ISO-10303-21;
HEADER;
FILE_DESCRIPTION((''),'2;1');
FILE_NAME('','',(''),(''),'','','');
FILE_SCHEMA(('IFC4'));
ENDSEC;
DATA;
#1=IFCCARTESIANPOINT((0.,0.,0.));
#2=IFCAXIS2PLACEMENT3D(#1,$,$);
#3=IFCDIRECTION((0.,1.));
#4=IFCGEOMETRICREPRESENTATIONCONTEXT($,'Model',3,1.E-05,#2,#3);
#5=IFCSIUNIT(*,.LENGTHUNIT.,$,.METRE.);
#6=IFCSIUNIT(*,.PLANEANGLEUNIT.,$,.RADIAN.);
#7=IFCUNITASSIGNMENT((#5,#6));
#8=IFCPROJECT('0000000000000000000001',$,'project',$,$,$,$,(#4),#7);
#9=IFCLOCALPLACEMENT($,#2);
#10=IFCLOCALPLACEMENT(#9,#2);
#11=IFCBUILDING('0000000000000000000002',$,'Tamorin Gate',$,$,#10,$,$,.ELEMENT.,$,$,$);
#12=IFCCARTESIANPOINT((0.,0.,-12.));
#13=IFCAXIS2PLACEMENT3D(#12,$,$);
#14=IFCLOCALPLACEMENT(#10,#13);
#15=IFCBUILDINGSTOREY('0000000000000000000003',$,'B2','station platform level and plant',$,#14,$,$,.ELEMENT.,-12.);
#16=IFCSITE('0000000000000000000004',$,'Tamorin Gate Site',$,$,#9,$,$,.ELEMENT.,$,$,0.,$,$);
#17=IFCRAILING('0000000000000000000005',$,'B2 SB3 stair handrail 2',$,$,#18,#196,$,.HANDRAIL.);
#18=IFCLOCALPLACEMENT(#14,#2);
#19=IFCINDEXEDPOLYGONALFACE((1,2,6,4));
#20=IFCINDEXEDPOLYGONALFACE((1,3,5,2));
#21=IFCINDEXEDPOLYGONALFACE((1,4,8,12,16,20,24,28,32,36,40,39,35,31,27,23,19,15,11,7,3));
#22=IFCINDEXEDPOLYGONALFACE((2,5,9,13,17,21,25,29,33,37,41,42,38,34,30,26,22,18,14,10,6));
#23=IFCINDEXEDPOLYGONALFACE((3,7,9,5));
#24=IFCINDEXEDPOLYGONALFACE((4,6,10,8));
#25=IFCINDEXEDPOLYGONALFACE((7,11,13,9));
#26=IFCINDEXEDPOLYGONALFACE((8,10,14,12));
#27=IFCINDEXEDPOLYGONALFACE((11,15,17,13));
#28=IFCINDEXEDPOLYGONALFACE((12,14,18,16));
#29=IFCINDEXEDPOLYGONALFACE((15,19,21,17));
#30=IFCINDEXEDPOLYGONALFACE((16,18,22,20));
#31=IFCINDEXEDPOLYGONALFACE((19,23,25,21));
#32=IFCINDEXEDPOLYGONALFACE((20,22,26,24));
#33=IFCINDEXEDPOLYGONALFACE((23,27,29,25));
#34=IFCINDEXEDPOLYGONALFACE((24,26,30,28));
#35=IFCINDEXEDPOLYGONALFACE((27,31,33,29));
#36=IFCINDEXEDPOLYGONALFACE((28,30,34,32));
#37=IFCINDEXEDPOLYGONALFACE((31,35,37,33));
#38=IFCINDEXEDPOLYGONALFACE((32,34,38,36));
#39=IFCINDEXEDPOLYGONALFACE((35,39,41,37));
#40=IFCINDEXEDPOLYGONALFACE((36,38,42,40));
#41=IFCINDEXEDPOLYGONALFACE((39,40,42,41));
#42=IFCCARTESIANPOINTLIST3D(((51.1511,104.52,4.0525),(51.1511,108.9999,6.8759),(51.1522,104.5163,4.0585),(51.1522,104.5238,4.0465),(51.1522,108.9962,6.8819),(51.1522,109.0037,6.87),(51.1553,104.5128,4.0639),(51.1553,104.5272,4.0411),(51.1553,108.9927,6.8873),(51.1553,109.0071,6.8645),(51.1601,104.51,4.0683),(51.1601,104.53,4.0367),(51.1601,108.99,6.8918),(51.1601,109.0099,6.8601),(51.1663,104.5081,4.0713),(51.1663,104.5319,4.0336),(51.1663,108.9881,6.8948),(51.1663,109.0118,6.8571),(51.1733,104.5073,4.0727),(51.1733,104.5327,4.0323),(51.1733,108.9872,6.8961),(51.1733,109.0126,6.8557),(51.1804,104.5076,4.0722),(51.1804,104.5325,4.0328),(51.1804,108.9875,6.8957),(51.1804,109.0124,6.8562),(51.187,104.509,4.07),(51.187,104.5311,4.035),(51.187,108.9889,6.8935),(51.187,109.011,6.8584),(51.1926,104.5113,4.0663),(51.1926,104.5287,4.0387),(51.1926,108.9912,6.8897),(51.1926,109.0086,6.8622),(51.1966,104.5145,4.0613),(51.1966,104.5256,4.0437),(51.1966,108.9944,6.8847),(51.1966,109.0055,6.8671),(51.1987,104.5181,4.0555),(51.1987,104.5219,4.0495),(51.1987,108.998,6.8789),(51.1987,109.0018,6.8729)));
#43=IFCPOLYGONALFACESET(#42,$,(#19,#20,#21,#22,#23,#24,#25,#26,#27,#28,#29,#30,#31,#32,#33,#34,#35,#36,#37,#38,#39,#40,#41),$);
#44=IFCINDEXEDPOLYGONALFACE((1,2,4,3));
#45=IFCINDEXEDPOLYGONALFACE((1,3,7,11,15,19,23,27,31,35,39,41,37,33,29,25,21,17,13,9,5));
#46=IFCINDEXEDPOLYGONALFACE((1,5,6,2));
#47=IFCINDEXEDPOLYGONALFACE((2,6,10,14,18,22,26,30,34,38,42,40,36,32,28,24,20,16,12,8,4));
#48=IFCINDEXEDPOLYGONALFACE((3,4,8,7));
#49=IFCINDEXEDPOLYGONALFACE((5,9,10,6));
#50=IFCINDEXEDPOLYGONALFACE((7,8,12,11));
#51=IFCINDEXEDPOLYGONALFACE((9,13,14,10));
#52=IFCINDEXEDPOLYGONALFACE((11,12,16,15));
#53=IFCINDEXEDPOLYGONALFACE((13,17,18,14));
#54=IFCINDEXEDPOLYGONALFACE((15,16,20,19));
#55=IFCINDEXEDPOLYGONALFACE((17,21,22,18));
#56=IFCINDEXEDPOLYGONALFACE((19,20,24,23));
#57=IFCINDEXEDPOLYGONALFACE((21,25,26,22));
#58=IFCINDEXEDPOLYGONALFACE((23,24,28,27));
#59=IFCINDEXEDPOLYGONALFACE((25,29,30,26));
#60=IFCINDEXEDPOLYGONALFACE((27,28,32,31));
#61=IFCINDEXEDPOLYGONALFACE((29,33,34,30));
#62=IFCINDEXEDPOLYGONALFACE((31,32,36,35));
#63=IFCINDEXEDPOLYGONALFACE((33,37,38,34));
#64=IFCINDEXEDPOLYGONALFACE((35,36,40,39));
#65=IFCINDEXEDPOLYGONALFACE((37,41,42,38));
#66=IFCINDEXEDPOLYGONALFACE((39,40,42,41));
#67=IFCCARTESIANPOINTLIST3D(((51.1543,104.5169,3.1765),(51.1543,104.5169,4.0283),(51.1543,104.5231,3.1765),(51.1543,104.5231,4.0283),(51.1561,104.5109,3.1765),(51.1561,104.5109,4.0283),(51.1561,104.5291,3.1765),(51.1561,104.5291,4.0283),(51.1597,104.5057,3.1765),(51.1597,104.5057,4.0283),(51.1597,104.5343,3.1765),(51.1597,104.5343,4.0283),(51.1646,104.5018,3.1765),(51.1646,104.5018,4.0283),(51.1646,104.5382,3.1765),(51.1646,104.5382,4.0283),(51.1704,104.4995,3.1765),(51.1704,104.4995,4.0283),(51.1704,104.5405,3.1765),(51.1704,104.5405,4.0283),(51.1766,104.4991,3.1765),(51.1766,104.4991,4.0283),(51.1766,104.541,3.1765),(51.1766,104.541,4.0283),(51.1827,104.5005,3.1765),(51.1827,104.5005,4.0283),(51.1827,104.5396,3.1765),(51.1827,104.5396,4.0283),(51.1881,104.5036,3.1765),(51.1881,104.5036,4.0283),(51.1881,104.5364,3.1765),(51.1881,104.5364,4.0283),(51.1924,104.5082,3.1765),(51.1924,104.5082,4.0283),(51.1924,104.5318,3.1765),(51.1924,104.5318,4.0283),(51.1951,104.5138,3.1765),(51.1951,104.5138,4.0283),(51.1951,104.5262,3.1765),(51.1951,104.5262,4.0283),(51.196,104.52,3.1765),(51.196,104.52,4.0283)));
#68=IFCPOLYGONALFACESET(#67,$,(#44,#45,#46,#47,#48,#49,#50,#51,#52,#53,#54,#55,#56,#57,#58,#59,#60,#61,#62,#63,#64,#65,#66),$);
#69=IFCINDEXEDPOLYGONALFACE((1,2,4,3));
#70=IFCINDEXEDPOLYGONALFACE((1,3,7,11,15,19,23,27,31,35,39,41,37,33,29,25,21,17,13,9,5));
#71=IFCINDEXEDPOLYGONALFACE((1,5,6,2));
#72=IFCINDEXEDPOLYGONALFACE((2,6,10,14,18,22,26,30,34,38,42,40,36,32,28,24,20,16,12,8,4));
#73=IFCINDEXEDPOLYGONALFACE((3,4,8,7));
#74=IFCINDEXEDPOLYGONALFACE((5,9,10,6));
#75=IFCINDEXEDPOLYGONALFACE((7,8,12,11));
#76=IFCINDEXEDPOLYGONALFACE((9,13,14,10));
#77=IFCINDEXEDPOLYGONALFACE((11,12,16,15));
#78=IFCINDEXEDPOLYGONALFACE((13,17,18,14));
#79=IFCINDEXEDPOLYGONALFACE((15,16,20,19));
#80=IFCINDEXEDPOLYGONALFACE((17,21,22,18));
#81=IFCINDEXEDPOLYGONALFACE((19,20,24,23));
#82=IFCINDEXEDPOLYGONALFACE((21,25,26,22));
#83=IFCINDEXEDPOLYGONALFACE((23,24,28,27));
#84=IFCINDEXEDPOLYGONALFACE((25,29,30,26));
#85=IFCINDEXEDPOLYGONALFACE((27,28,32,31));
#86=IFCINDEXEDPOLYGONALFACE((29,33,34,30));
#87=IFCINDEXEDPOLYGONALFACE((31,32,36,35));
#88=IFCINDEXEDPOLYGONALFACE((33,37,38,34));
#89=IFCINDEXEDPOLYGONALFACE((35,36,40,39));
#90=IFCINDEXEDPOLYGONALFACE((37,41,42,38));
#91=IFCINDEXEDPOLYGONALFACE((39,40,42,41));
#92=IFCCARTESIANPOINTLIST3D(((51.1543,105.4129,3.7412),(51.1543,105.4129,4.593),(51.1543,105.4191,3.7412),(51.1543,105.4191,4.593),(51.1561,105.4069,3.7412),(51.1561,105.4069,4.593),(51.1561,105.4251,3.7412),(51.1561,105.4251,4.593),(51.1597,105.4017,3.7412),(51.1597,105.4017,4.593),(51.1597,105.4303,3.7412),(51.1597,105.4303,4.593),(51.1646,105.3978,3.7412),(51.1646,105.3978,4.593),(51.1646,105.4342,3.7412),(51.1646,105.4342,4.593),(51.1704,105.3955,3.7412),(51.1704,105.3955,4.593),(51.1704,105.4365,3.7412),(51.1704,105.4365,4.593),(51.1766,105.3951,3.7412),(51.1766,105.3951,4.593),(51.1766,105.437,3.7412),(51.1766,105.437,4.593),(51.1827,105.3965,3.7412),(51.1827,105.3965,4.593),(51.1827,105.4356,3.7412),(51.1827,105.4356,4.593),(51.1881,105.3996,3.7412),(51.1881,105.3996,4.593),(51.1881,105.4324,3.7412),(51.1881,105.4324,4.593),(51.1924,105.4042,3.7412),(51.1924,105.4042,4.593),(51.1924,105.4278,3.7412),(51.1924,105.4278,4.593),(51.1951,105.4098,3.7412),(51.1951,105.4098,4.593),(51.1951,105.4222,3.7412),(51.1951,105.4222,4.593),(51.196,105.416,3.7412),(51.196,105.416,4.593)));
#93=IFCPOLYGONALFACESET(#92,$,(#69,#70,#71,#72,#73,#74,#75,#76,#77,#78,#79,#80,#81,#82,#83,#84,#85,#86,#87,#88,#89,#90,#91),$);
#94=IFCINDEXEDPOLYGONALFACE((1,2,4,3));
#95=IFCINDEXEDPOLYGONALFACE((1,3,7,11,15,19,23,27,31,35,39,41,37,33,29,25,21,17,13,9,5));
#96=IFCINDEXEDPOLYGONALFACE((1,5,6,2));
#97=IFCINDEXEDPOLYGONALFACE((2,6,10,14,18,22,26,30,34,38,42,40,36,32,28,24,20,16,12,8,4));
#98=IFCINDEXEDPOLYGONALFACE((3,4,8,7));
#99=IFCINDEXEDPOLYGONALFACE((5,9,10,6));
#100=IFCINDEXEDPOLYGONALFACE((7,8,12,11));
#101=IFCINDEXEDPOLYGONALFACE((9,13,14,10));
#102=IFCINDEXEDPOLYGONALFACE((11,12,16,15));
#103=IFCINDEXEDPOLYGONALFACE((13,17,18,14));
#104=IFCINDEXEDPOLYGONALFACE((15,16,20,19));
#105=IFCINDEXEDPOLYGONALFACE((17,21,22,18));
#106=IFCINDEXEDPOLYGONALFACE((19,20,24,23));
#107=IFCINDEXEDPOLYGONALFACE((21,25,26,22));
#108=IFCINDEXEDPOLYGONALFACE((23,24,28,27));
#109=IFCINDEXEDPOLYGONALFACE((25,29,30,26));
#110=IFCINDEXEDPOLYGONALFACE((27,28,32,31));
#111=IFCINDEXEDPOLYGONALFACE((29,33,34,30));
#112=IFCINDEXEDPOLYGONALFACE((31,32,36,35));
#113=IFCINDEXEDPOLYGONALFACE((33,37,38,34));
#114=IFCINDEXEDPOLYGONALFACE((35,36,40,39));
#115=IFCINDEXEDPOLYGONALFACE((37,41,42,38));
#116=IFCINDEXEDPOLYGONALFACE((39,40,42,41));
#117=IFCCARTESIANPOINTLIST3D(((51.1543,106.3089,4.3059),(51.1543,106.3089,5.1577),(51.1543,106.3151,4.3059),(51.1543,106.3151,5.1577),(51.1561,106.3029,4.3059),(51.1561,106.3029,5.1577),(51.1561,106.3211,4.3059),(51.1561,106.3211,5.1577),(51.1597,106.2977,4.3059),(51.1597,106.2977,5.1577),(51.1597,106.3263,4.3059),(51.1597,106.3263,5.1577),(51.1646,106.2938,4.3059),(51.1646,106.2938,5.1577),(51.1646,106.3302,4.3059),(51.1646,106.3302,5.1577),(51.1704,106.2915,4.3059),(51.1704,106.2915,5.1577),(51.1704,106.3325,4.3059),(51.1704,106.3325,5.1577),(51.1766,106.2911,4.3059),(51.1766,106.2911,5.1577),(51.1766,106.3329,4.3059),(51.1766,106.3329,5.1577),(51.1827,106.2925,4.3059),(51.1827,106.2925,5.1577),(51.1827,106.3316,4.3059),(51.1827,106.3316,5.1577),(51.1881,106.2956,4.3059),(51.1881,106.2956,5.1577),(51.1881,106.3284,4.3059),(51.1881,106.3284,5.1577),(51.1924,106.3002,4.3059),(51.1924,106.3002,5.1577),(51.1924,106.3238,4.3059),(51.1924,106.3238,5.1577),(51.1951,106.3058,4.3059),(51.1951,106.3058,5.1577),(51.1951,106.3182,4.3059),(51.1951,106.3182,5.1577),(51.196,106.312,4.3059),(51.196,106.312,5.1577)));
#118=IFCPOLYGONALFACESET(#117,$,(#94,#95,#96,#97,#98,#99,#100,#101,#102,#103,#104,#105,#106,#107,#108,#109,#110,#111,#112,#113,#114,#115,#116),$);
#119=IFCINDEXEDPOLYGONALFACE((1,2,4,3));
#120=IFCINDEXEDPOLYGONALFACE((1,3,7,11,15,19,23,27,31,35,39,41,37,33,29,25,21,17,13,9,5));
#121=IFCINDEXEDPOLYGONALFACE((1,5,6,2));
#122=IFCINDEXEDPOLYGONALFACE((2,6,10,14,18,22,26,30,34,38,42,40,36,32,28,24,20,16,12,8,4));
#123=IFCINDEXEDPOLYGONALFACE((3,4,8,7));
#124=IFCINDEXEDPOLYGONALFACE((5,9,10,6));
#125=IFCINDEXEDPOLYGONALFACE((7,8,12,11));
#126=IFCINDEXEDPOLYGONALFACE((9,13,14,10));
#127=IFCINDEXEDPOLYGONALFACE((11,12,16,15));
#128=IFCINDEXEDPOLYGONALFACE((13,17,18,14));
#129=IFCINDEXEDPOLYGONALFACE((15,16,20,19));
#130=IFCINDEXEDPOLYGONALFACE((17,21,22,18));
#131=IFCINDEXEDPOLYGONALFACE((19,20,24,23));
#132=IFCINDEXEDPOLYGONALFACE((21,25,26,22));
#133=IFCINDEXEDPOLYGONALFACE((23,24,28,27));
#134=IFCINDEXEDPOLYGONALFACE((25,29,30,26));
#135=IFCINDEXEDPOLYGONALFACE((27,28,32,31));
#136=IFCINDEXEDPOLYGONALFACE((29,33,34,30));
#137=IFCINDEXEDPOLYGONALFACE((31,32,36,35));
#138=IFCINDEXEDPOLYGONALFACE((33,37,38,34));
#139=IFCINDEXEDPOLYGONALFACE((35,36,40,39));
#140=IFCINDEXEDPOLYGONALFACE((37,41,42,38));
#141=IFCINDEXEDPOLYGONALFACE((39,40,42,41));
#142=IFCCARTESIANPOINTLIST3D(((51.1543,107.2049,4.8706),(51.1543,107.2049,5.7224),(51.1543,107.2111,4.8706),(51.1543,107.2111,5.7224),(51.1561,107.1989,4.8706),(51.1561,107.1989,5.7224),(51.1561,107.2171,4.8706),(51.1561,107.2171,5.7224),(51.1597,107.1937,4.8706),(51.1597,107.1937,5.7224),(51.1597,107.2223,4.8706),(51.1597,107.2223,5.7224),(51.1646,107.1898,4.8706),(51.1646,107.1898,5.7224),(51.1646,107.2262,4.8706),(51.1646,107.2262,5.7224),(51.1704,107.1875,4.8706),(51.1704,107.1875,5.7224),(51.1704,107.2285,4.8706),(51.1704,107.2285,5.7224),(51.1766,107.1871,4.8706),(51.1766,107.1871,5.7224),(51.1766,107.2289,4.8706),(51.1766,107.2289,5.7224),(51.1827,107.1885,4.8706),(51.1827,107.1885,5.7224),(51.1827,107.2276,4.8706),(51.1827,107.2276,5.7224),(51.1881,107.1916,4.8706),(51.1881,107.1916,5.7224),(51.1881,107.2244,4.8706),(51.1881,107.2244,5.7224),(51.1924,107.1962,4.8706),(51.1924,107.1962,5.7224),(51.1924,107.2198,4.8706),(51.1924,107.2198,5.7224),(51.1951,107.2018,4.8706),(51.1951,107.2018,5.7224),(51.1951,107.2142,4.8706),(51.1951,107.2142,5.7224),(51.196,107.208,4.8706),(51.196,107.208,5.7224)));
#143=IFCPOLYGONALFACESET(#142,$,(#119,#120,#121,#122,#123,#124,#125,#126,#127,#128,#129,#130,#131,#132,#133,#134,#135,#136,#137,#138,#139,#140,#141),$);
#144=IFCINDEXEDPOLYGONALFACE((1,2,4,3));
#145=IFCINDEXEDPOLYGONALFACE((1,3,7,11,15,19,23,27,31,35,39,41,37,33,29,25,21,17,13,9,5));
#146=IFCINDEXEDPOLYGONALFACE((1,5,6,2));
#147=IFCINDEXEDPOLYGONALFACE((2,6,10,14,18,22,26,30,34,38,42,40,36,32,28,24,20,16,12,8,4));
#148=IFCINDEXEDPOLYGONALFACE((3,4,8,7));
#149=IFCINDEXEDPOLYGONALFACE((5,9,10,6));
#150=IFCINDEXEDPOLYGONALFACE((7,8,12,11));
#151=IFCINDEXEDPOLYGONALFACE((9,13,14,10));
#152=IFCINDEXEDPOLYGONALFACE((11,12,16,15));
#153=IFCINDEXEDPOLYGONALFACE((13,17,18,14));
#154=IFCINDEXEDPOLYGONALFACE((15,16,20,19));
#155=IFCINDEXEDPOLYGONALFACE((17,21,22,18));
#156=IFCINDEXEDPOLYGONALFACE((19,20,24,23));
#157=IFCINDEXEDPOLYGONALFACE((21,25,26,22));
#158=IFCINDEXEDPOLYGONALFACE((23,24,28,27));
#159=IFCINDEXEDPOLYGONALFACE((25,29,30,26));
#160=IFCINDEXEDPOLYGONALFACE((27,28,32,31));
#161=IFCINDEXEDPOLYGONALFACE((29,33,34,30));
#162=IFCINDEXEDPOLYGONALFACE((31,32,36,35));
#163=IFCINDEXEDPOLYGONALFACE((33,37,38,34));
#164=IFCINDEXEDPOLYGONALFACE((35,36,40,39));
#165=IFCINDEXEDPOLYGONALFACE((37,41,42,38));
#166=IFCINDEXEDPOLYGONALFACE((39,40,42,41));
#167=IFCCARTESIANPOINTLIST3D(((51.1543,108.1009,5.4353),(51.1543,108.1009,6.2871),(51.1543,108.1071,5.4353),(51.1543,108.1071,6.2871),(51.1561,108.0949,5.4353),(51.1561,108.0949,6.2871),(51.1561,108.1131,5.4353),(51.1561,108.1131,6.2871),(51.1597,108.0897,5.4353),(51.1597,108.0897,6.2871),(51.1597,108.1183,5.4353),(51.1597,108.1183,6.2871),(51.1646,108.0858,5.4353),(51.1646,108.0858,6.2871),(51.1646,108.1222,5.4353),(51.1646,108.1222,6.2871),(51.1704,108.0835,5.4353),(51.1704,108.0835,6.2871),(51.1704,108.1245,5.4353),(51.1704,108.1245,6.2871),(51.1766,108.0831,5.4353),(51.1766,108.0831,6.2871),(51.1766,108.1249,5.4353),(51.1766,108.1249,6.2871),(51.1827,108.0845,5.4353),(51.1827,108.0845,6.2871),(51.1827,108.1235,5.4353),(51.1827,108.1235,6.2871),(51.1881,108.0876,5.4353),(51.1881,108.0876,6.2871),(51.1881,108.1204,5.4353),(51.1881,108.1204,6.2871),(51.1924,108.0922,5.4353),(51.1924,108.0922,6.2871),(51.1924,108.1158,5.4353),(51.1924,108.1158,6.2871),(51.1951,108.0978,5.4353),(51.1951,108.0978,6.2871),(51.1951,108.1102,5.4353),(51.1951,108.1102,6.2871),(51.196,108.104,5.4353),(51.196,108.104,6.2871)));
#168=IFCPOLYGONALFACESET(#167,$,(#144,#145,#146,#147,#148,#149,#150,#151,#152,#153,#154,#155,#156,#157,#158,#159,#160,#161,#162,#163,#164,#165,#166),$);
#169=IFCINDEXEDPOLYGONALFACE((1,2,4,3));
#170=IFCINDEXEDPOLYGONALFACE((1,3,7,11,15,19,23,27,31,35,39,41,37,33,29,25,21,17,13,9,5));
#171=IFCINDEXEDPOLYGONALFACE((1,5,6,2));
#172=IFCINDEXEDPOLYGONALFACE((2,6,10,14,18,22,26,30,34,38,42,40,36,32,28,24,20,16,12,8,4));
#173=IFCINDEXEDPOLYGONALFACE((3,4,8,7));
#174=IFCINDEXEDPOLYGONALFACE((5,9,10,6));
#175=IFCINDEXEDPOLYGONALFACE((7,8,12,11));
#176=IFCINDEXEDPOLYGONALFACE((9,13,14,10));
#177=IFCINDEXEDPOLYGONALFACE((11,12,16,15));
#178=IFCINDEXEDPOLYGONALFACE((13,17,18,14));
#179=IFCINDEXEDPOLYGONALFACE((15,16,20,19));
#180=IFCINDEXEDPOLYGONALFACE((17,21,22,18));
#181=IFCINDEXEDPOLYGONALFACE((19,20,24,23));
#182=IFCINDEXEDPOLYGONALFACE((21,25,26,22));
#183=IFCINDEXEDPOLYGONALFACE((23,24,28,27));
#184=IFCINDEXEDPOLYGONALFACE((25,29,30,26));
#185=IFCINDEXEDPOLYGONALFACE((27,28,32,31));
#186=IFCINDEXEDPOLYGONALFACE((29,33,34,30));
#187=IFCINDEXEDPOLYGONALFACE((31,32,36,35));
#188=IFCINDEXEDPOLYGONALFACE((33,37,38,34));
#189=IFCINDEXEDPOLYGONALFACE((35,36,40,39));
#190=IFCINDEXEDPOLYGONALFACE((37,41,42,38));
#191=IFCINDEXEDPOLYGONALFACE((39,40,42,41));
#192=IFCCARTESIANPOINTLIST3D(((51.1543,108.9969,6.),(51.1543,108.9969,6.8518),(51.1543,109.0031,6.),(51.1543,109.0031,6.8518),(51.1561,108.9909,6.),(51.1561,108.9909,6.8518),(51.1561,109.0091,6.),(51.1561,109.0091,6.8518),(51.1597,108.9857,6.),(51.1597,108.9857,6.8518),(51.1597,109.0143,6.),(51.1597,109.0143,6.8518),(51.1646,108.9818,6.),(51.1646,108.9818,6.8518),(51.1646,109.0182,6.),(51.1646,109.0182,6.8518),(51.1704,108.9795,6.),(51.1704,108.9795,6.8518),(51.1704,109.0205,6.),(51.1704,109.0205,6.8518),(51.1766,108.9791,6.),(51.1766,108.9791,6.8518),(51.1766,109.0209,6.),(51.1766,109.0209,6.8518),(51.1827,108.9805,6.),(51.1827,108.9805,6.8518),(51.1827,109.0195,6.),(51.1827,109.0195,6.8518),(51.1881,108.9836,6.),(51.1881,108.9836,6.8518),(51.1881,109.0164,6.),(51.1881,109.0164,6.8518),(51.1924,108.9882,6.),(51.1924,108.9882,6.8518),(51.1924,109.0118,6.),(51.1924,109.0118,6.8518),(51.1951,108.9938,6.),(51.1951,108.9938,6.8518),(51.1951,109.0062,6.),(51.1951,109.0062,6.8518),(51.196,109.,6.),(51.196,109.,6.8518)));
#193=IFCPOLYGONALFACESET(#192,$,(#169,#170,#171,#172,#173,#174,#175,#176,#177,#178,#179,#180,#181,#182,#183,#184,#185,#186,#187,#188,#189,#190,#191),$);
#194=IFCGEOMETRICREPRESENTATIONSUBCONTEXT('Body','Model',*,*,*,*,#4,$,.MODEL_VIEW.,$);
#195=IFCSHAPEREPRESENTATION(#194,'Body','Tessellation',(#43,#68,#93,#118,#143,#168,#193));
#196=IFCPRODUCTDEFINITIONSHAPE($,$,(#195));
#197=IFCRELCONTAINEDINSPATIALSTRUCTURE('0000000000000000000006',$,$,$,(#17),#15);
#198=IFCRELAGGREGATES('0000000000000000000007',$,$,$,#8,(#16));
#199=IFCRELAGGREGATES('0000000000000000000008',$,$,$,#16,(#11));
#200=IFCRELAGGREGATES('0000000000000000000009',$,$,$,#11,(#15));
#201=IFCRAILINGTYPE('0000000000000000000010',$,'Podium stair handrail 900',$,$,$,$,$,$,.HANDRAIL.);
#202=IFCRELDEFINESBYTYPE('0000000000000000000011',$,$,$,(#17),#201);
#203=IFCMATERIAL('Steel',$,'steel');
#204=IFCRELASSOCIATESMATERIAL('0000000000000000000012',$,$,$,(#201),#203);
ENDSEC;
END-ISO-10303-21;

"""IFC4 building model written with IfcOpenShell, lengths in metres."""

from ifc_helpers import new_model, si_unit, direction, frame, origin, origin_2d, place, context, subcontext, project, spatial, circle, extrude, material, type_object, element, save


model = new_model("IFC4")

# Units and contexts
model_context = context("Model", 3, precision=1e-05, world=origin(), true_north=direction((0.0, 1.0)))
body_context = subcontext(model_context, "Body", "Model", "MODEL_VIEW")
ifc_project = project(units=[si_unit("LENGTHUNIT", "METRE"), si_unit("PLANEANGLEUNIT", "RADIAN")], contexts=[model_context])

# Site, building, storey
site_placement = place(None, origin())
site = spatial("IfcSite", under=ifc_project, at=site_placement, Name="Tamorin Gate Site", CompositionType="ELEMENT", RefElevation=0.0)
building_placement = place(site_placement, origin())
building = spatial("IfcBuilding", under=site, at=building_placement, Name="Tamorin Gate", CompositionType="ELEMENT")
storey_placement = place(building_placement, frame((0.0, 0.0, -12.0)))
storey = spatial("IfcBuildingStorey", under=building, at=storey_placement, Name="B2", Description="station platform level and plant", CompositionType="ELEMENT", Elevation=-12.0)

# Railing
ifc_material_1 = material(Name="Steel", Category="steel")
railing_type_1 = type_object("IfcRailingType", Name="Podium stair handrail 900", PredefinedType="HANDRAIL", material=ifc_material_1)
railing_1_placement = place(storey_placement, frame((51.175, 104.52, 3.1765)))
element("IfcRailing", 1, at=railing_1_placement, inside=storey, type_object=railing_type_1, Name="B2 SB3 stair handrail 2", PredefinedType="HANDRAIL", context=body_context, shape_type="SweptSolid", body=[
    extrude(circle(Radius=0.0239, at=origin_2d()), frame((0.0, 0.0, 0.876), z_axis=(0.0, 0.845998, 0.533186), x_axis=(-1.0, 0.0, 0.0)), (0.0, 0.0, 1.0), 5.2954),
    extrude(circle(Radius=0.021, at=origin_2d()), origin(), (0.0, 0.0, 1.0), 0.8518),
    extrude(circle(Radius=0.021, at=origin_2d()), frame((0.0, 0.896, 0.5647)), (0.0, 0.0, 1.0), 0.8518),
    extrude(circle(Radius=0.021, at=origin_2d()), frame((0.0, 1.792, 1.1294)), (0.0, 0.0, 1.0), 0.8518),
    extrude(circle(Radius=0.021, at=origin_2d()), frame((0.0, 2.688, 1.6941)), (0.0, 0.0, 1.0), 0.8518),
    extrude(circle(Radius=0.021, at=origin_2d()), frame((0.0, 3.584, 2.2588)), (0.0, 0.0, 1.0), 0.8518),
    extrude(circle(Radius=0.021, at=origin_2d()), frame((0.0, 4.48, 2.8235)), (0.0, 0.0, 1.0), 0.8518),
])

save(model, "model.ifc")
